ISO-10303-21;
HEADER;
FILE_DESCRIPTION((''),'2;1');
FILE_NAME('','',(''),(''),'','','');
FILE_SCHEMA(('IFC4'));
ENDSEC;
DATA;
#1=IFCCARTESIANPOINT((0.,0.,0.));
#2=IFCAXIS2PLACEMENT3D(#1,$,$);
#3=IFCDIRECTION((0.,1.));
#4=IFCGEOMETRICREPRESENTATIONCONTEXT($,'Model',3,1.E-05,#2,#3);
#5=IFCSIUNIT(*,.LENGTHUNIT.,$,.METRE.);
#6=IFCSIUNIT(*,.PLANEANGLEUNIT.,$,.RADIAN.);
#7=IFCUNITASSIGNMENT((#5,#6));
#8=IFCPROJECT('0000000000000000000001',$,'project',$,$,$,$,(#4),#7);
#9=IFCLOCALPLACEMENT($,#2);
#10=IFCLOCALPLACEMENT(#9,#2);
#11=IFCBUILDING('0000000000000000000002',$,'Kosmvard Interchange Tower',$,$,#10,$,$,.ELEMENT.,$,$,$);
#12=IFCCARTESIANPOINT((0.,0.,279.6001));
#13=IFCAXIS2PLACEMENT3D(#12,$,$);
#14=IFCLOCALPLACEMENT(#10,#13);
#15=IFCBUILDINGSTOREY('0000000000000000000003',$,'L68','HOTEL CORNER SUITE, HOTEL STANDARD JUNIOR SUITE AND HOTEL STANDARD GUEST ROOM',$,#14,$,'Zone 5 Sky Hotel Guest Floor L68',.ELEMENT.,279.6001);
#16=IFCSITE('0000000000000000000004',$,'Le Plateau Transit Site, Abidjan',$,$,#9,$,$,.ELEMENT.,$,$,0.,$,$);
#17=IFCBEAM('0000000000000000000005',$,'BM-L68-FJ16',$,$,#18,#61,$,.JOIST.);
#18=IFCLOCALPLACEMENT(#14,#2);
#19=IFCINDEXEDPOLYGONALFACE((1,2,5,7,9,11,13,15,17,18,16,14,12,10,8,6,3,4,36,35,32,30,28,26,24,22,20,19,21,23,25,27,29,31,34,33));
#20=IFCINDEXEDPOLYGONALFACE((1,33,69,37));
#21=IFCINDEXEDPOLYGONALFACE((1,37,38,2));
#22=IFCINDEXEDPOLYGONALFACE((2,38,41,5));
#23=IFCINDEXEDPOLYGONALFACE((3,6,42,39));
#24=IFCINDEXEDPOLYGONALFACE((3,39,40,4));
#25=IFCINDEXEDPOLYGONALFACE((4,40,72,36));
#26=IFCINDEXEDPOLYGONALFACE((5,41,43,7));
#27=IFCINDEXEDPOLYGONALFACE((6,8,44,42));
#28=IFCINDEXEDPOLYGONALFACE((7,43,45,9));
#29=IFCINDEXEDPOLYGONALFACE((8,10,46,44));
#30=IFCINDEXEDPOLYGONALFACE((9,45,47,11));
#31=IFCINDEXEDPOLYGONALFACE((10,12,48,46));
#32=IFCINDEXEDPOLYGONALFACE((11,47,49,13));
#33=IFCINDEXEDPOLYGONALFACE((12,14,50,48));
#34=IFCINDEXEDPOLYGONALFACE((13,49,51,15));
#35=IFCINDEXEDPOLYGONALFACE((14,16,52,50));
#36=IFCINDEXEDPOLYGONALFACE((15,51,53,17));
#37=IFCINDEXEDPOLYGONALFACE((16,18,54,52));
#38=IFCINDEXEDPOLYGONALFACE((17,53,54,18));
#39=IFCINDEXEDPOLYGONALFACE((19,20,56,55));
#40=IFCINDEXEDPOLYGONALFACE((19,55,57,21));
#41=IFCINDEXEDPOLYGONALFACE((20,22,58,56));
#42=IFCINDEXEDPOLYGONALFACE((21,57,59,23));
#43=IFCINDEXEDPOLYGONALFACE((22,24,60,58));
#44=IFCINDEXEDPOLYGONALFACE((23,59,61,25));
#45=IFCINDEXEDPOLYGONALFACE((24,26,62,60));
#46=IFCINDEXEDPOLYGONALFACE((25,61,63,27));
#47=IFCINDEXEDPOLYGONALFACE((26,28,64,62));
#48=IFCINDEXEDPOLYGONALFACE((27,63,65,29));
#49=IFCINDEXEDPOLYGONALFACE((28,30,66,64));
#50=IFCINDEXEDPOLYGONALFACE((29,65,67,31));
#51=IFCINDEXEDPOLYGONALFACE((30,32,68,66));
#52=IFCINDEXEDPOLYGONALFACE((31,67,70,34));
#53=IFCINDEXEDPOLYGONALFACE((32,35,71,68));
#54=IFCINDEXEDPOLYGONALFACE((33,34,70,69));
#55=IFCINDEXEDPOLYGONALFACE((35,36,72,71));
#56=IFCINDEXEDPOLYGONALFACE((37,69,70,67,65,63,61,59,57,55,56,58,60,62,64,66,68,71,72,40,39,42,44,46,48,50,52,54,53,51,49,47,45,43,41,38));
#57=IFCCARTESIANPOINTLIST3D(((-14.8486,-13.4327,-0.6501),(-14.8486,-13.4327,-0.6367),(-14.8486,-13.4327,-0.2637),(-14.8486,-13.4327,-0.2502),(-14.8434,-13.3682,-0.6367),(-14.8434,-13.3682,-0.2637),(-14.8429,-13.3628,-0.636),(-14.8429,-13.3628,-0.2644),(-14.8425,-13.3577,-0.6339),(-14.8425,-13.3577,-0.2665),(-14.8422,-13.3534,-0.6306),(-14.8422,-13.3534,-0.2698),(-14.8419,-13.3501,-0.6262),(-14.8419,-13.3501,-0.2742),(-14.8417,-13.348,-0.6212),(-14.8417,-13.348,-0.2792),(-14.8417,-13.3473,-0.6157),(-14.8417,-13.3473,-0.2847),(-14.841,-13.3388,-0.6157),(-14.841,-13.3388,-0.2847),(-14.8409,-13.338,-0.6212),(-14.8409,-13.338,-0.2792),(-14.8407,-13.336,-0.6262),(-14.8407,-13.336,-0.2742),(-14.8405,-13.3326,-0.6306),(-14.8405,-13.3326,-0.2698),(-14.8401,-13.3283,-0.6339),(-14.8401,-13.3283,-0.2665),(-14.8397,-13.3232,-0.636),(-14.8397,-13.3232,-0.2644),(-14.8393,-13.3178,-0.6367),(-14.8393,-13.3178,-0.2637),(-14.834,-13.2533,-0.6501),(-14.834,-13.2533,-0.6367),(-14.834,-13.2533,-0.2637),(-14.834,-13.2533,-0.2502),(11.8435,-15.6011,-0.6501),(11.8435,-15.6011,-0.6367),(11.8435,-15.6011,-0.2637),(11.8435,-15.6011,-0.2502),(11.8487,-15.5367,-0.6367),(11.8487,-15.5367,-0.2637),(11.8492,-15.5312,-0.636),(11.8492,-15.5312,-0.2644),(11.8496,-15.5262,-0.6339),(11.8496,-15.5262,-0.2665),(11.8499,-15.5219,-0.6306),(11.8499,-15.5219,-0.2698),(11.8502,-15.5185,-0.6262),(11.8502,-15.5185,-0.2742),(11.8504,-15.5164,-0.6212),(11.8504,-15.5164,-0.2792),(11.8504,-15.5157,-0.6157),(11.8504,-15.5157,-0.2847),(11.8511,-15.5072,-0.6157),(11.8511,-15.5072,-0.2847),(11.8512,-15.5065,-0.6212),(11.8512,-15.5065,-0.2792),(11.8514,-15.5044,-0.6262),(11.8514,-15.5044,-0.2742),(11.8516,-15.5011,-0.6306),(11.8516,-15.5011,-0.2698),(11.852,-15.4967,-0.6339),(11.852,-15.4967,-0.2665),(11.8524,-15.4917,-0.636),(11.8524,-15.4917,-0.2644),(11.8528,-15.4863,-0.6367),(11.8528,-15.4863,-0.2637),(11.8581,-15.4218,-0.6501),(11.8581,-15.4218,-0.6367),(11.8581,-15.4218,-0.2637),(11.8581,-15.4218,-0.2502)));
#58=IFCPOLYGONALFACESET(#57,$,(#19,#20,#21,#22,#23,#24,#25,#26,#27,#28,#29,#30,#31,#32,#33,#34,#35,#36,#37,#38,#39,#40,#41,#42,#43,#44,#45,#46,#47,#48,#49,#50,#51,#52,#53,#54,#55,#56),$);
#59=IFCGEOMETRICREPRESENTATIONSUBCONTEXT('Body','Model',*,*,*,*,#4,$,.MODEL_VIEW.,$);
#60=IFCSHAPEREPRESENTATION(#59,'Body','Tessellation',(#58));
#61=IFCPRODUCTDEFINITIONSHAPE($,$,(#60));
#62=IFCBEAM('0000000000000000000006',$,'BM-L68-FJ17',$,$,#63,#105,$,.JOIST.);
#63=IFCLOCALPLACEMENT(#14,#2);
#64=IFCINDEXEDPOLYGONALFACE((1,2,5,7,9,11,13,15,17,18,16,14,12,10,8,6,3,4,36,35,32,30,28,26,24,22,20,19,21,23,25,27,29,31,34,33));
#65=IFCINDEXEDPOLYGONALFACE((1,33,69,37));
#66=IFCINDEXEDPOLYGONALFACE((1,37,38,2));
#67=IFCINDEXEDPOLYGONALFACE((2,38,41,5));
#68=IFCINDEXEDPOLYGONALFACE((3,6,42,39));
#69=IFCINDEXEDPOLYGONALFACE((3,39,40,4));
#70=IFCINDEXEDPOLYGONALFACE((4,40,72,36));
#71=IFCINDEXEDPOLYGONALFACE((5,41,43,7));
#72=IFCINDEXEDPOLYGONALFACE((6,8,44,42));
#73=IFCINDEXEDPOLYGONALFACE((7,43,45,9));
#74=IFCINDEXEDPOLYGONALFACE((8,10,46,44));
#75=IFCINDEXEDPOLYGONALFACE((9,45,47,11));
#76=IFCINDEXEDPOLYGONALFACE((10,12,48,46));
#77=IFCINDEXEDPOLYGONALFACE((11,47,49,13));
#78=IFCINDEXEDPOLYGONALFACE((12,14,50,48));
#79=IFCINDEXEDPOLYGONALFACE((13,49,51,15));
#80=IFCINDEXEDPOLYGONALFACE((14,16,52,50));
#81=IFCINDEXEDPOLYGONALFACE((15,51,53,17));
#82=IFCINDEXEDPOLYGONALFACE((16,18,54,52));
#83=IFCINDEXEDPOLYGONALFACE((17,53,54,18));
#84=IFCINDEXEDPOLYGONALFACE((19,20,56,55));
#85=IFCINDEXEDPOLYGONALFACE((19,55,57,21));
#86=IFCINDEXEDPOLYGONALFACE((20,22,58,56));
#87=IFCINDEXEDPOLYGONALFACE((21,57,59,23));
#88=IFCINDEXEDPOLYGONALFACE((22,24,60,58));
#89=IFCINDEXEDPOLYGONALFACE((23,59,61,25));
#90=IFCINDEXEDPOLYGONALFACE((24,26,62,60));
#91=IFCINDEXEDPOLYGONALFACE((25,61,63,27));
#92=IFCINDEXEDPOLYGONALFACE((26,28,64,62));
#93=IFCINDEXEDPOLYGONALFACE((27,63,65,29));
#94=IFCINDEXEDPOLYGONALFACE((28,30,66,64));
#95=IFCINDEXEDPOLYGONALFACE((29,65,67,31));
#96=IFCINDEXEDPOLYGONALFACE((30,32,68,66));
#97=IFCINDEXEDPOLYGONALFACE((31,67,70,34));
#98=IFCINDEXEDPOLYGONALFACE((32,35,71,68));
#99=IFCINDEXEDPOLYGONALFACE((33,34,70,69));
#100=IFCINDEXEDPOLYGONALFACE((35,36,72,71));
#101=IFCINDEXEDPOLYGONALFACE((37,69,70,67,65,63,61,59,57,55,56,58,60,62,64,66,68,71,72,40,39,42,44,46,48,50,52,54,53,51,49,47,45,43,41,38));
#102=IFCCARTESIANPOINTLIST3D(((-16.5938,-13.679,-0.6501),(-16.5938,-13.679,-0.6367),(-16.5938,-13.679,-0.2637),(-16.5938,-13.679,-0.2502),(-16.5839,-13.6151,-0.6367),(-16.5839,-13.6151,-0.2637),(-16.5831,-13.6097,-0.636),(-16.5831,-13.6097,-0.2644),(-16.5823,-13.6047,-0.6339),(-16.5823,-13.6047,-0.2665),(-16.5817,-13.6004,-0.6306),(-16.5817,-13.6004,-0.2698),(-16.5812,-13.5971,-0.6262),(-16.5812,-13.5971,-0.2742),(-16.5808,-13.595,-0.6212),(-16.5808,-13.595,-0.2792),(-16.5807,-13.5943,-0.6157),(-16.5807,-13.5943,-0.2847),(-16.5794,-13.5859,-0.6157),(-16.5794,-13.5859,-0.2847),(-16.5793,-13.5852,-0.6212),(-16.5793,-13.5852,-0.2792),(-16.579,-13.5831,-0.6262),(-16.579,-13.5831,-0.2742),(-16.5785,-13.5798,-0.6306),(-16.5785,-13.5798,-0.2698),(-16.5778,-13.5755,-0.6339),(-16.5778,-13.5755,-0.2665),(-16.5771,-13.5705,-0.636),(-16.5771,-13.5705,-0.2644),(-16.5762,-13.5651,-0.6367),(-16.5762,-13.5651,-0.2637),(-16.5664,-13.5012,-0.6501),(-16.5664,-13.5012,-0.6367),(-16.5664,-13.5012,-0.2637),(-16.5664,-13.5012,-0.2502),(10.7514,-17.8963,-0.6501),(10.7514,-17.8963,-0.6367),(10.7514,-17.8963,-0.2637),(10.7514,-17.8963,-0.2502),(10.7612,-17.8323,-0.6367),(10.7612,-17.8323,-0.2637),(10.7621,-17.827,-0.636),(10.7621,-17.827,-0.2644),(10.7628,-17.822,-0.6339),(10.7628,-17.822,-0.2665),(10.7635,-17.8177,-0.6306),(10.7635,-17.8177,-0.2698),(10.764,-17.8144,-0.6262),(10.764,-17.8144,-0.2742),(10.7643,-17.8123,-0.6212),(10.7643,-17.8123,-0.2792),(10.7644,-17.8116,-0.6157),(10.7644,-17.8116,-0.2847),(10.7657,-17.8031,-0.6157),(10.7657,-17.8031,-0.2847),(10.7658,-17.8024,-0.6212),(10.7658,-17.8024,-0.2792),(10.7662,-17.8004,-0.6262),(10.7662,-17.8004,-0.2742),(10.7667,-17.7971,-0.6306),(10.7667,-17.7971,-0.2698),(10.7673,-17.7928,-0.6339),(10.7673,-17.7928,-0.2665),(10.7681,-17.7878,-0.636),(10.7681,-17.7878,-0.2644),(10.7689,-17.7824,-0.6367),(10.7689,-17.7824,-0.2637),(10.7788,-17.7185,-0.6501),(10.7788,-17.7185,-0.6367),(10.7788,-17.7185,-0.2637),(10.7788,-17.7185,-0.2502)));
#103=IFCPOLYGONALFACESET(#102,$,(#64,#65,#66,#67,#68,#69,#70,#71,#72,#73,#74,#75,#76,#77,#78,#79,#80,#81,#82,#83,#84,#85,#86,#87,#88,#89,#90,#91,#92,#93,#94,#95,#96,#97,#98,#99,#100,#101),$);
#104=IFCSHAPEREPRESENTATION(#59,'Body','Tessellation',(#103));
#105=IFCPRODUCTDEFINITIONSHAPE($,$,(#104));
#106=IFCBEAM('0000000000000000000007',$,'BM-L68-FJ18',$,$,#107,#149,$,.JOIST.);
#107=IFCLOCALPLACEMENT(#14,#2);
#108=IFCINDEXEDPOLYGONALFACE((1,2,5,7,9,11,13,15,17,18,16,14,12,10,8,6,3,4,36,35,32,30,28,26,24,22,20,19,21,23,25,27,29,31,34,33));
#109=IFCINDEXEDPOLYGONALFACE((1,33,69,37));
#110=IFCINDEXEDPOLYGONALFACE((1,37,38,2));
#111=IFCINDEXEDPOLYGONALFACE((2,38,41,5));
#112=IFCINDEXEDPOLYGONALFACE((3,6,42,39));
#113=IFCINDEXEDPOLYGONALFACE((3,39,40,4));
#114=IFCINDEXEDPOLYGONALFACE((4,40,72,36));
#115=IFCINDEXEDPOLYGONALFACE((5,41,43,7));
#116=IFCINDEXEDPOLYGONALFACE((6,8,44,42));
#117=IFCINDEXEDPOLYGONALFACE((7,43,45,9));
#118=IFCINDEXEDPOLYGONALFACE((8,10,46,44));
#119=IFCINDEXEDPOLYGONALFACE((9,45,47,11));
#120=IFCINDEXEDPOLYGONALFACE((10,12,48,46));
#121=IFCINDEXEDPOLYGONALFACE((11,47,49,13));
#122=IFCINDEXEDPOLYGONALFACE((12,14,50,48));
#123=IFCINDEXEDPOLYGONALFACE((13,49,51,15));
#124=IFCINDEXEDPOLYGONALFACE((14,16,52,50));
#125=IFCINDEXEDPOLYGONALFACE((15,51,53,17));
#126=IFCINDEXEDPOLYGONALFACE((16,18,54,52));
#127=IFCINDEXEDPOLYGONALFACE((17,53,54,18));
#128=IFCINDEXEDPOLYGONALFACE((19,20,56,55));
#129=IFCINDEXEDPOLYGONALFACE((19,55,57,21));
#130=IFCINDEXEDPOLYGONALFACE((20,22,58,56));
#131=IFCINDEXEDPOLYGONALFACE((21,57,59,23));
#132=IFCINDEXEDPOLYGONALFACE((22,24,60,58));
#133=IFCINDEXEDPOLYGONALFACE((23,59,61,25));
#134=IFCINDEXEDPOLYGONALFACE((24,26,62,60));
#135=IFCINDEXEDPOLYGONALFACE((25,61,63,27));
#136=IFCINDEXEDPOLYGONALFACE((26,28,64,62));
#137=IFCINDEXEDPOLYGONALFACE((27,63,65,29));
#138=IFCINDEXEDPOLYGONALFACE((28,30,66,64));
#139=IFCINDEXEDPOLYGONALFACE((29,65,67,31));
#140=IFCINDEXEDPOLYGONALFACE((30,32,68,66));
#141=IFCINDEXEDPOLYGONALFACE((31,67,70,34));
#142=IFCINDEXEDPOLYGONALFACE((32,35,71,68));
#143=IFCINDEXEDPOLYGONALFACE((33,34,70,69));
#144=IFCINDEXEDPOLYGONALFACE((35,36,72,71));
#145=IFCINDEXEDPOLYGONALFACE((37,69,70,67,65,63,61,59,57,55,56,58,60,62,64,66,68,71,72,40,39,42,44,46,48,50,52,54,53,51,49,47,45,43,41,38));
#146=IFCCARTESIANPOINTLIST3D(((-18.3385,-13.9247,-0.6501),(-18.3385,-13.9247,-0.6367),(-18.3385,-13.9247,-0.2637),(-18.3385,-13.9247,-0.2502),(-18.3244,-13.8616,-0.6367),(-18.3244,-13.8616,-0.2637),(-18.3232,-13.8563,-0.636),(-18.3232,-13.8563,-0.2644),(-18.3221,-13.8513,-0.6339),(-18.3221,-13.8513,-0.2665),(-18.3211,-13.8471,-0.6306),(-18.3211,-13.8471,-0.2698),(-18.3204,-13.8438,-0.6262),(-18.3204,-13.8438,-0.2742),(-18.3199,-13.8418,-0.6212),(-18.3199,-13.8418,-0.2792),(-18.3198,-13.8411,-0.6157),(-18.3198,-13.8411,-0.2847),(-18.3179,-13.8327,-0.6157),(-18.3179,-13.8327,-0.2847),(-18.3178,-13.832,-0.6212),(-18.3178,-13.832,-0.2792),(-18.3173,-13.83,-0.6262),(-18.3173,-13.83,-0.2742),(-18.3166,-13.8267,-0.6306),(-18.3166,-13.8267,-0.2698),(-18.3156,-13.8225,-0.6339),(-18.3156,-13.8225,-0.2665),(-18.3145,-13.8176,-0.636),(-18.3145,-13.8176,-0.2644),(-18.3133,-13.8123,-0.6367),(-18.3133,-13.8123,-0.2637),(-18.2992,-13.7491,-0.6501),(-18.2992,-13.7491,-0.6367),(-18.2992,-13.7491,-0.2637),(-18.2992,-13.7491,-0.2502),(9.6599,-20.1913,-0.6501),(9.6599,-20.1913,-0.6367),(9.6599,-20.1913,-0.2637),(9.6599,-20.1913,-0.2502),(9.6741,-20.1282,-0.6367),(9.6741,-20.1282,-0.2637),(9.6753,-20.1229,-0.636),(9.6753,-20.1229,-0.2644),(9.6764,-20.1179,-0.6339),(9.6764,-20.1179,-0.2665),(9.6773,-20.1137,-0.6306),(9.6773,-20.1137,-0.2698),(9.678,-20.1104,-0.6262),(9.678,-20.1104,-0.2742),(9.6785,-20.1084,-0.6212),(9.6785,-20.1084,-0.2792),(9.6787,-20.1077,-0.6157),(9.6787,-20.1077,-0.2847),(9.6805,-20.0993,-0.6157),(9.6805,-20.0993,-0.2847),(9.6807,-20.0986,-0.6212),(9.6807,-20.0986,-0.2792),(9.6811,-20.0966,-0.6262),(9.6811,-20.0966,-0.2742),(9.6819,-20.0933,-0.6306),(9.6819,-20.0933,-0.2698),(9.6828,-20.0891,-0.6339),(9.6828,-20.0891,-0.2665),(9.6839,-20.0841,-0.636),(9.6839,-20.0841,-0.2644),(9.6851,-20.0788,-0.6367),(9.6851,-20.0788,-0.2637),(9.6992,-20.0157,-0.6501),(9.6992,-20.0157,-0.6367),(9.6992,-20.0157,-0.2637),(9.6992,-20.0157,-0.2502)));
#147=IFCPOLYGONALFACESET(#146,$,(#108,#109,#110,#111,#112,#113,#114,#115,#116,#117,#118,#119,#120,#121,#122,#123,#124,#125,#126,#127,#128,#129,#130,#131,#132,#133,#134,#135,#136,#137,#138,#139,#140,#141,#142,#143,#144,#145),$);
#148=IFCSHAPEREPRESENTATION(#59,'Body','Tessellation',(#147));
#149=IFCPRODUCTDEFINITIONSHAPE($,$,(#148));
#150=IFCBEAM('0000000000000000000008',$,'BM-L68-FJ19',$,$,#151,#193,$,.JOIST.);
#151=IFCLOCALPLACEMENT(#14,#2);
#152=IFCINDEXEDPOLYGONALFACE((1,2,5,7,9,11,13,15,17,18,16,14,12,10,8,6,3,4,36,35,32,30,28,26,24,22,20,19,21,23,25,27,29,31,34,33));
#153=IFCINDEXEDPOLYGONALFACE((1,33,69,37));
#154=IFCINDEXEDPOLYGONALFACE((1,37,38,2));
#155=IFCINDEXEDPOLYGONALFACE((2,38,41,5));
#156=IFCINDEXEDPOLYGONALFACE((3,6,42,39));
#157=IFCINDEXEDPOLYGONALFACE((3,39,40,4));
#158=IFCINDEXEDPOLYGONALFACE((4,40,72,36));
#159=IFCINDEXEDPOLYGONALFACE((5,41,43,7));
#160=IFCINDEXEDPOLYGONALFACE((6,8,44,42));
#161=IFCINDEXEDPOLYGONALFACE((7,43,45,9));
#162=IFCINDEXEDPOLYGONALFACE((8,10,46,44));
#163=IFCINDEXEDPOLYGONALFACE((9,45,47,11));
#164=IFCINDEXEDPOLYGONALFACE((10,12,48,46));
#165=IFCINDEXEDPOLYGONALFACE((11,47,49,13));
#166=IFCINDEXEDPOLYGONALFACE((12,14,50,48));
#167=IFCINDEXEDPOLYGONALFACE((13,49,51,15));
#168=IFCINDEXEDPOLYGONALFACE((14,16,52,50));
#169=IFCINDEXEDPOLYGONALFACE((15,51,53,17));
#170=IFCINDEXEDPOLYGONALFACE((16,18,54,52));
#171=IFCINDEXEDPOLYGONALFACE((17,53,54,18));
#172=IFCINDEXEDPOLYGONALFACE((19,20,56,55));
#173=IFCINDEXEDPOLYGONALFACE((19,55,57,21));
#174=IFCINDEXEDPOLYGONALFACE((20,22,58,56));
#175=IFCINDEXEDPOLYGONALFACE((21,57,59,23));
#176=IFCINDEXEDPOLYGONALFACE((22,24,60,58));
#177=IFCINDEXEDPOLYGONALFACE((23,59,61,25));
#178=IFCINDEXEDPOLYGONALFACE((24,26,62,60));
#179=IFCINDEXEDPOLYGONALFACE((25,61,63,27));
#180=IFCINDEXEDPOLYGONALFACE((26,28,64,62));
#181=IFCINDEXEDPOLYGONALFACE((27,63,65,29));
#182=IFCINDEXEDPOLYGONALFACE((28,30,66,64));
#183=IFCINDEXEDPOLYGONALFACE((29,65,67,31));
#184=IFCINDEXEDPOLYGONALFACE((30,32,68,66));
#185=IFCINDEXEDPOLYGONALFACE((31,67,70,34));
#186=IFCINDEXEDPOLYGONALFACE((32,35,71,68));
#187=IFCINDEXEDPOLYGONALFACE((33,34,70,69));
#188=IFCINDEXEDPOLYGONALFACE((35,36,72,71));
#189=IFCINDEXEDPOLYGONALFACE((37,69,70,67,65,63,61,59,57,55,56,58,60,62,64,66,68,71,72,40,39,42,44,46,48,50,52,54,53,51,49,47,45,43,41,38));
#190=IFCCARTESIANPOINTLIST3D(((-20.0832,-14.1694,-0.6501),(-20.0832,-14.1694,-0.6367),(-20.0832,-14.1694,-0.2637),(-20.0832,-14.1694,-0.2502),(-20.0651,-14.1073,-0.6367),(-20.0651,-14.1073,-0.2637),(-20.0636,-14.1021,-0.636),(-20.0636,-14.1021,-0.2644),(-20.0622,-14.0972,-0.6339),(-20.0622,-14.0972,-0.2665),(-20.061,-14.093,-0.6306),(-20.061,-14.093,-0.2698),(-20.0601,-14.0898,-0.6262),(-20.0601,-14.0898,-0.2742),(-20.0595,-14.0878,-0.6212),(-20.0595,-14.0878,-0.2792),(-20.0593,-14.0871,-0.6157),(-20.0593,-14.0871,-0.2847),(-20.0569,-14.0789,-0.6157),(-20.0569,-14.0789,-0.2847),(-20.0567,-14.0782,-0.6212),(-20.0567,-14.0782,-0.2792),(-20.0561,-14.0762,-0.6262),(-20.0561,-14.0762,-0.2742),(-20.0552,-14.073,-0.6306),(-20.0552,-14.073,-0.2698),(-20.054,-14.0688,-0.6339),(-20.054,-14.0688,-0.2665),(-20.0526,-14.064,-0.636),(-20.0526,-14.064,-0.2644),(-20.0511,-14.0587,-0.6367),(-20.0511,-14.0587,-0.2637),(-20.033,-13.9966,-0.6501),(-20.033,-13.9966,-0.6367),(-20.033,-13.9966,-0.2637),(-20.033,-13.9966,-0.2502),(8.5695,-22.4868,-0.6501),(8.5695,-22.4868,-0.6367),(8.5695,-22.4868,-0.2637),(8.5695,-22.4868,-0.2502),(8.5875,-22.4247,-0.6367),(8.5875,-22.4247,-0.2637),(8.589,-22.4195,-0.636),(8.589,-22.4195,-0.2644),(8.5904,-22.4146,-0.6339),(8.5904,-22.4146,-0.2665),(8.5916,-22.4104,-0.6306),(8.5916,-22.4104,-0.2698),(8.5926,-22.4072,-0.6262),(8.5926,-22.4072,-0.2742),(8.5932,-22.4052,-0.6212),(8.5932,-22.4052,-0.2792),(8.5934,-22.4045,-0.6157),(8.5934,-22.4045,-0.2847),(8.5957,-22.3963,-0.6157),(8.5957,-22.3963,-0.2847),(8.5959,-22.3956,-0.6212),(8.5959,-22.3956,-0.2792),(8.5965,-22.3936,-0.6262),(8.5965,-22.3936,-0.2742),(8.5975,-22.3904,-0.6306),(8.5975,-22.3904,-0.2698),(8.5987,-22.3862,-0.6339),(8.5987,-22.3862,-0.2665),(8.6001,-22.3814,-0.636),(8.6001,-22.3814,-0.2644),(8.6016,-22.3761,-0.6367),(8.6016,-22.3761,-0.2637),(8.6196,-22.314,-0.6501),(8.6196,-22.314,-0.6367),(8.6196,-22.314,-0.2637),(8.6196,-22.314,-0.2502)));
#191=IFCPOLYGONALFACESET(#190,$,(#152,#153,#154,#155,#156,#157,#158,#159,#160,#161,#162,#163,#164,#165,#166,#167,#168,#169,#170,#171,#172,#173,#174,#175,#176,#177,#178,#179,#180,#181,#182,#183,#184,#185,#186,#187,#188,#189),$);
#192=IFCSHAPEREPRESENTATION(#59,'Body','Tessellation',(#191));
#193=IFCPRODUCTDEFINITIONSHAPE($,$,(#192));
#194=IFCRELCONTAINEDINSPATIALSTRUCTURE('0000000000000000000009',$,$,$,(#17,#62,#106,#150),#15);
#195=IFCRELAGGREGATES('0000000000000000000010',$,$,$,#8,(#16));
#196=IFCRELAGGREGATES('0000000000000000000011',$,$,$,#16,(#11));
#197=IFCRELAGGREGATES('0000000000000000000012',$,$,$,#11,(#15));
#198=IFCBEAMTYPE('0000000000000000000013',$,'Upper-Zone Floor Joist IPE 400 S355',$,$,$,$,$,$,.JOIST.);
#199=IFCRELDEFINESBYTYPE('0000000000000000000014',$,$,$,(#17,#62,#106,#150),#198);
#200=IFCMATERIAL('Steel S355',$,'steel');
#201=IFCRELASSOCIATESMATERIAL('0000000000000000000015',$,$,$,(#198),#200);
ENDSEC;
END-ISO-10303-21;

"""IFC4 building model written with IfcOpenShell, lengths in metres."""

from ifc_helpers import new_model, si_unit, direction, frame, origin, origin_2d, place, context, subcontext, project, spatial, i_section, extrude, source, transform, mapped, material, material_profile, profile_set, type_object, element, save


model = new_model("IFC4")

# Units and contexts
model_context = context("Model", 3, precision=1e-05, world=origin(), true_north=direction((0.0, 1.0)))
body_context = subcontext(model_context, "Body", "Model", "MODEL_VIEW")
ifc_project = project(units=[si_unit("LENGTHUNIT", "METRE"), si_unit("PLANEANGLEUNIT", "RADIAN")], contexts=[model_context])

# Site, building, storey
site_placement = place(None, origin())
site = spatial("IfcSite", under=ifc_project, at=site_placement, Name="Le Plateau Transit Site, Abidjan", CompositionType="ELEMENT", RefElevation=0.0)
building_placement = place(site_placement, origin())
building = spatial("IfcBuilding", under=site, at=building_placement, Name="Kosmvard Interchange Tower", CompositionType="ELEMENT")
storey_placement = place(building_placement, frame((0.0, 0.0, 279.6001)))
storey = spatial("IfcBuildingStorey", under=building, at=storey_placement, Name="L68", Description="HOTEL CORNER SUITE, HOTEL STANDARD JUNIOR SUITE AND HOTEL STANDARD GUEST ROOM", LongName="Zone 5 Sky Hotel Guest Floor L68", CompositionType="ELEMENT", Elevation=279.6001)

# Beams
ifc_material_1 = material(Name="Steel S355", Category="steel")
ifc_material_profile_1 = material_profile(ifc_material_1, i_section(OverallWidth=0.1799, OverallDepth=0.3999, WebThickness=0.0085, FlangeThickness=0.0134, FilletRadius=0.021, at=origin_2d()), Name="IPE 400")
ifc_profile_set_1 = profile_set([ifc_material_profile_1], Name="Steel S355")
beam_type_1 = type_object("IfcBeamType", Name="Upper-Zone Floor Joist IPE 400 S355", PredefinedType="JOIST", material=ifc_profile_set_1)
shared_shape_1 = source(origin(), body_context, "Body", "SweptSolid", [
    extrude(i_section(OverallWidth=0.1799, OverallDepth=0.3999, WebThickness=0.0085, FlangeThickness=0.0134, FilletRadius=0.021, at=origin_2d()), origin(), (0.0, 0.0, 1.0), 26.78),
])
beam_1_placement = place(storey_placement, frame((-14.8413, -13.343, -0.4502), z_axis=(0.996716, -0.080973, 0.0), x_axis=(0.080973, 0.996716, 0.0)))
element("IfcBeam", 1, at=beam_1_placement, inside=storey, type_object=beam_type_1, Name="BM-L68-FJ16", PredefinedType="JOIST", context=body_context, shape_type="MappedRepresentation", body=[
    mapped(shared_shape_1, transform((0.0, 0.0, 0.0), scale=1.0)),
])
shared_shape_2 = source(origin(), body_context, "Body", "SweptSolid", [
    extrude(i_section(OverallWidth=0.1799, OverallDepth=0.3999, WebThickness=0.0085, FlangeThickness=0.0134, FilletRadius=0.021, at=origin_2d()), origin(), (0.0, 0.0, 1.0), 27.6685),
])
beam_2_placement = place(storey_placement, frame((-16.5801, -13.5901, -0.4502), z_axis=(0.988316, -0.152422, 0.0), x_axis=(0.152422, 0.988316, 0.0)))
element("IfcBeam", 2, at=beam_2_placement, inside=storey, type_object=beam_type_1, Name="BM-L68-FJ17", PredefinedType="JOIST", context=body_context, shape_type="MappedRepresentation", body=[
    mapped(shared_shape_2, transform((0.0, 0.0, 0.0), scale=1.0)),
])
shared_shape_3 = source(origin(), body_context, "Body", "SweptSolid", [
    extrude(i_section(OverallWidth=0.1799, OverallDepth=0.3999, WebThickness=0.0085, FlangeThickness=0.0134, FilletRadius=0.021, at=origin_2d()), origin(), (0.0, 0.0, 1.0), 28.6912),
])
beam_3_placement = place(storey_placement, frame((-18.3188, -13.8369, -0.4502), z_axis=(0.975856, -0.218415, 0.0), x_axis=(0.218415, 0.975856, 0.0)))
element("IfcBeam", 3, at=beam_3_placement, inside=storey, type_object=beam_type_1, Name="BM-L68-FJ18", PredefinedType="JOIST", context=body_context, shape_type="MappedRepresentation", body=[
    mapped(shared_shape_3, transform((0.0, 0.0, 0.0), scale=1.0)),
])
shared_shape_4 = source(origin(), body_context, "Body", "SweptSolid", [
    extrude(i_section(OverallWidth=0.1799, OverallDepth=0.3999, WebThickness=0.0085, FlangeThickness=0.0134, FilletRadius=0.021, at=origin_2d()), origin(), (0.0, 0.0, 1.0), 29.8354),
])
beam_4_placement = place(storey_placement, frame((-20.0581, -14.083, -0.4502), z_axis=(0.960356, -0.278776, 0.0), x_axis=(0.278776, 0.960356, 0.0)))
element("IfcBeam", 4, at=beam_4_placement, inside=storey, type_object=beam_type_1, Name="BM-L68-FJ19", PredefinedType="JOIST", context=body_context, shape_type="MappedRepresentation", body=[
    mapped(shared_shape_4, transform((0.0, 0.0, 0.0), scale=1.0)),
])

save(model, "model.ifc")
